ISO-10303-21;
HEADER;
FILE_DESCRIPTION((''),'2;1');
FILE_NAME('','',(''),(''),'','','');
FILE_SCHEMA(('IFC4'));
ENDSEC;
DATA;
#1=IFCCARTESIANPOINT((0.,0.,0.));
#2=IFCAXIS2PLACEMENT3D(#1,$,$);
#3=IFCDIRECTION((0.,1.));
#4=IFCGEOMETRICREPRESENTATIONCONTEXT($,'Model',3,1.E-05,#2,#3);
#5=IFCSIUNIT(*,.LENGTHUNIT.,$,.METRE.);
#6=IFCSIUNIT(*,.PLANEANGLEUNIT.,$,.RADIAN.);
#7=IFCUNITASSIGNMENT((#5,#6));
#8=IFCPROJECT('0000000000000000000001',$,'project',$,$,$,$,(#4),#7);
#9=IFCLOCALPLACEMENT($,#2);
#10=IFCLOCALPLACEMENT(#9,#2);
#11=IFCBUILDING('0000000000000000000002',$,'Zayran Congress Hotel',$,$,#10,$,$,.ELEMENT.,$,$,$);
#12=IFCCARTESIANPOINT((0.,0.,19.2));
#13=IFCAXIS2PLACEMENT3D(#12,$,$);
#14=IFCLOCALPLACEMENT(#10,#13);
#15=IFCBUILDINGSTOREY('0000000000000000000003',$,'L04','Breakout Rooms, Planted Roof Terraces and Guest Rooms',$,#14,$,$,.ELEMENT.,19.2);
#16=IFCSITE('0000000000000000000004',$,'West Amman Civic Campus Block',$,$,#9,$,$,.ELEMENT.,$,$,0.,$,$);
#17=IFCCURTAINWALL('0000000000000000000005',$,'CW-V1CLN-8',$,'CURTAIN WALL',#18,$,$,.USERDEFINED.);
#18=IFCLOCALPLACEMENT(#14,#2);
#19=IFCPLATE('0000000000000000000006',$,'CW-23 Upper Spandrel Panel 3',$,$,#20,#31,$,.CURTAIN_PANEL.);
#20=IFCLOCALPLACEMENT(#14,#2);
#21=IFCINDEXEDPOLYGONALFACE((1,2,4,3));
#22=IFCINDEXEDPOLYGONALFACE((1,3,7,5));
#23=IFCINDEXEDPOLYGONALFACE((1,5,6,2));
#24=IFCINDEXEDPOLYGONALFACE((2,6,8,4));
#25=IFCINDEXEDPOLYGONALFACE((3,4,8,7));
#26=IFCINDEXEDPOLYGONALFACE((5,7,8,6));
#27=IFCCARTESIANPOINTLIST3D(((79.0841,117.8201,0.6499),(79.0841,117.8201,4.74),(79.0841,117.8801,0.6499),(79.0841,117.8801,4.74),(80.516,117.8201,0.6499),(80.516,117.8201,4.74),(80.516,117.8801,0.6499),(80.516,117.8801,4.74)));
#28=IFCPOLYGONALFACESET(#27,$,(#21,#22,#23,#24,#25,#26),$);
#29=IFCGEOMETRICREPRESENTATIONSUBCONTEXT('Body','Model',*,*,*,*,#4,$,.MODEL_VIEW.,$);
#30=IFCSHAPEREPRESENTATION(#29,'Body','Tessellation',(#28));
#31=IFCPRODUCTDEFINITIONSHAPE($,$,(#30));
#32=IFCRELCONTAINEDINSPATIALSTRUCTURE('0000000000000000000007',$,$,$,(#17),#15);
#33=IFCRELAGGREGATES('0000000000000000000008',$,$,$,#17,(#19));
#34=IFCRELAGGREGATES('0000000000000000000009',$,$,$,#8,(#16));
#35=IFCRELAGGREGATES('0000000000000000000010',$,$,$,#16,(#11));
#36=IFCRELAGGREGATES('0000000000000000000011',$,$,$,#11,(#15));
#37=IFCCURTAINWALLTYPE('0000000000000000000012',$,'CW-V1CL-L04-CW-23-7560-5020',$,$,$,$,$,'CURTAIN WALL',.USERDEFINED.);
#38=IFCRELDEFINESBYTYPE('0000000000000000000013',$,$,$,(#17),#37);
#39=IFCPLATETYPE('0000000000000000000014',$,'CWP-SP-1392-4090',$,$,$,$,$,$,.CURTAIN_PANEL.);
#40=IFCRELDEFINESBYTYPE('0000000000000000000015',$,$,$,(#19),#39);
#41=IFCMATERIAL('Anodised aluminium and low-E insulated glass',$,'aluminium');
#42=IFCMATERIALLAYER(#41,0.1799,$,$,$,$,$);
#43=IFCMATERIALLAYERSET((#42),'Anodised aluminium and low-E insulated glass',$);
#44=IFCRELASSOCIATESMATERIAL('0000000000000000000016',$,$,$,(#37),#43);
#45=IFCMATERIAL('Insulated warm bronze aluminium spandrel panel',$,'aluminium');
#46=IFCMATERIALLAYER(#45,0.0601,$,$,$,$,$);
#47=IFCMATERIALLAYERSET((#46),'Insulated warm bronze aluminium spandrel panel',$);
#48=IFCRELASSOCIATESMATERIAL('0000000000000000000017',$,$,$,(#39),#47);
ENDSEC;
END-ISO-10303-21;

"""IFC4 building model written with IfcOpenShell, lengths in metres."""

from ifc_helpers import new_model, si_unit, direction, frame, origin, origin_2d, place, context, subcontext, project, spatial, rectangle, extrude, material, layer, layer_set, type_object, element, aggregate, save


model = new_model("IFC4")

# Units and contexts
model_context = context("Model", 3, precision=1e-05, world=origin(), true_north=direction((0.0, 1.0)))
body_context = subcontext(model_context, "Body", "Model", "MODEL_VIEW")
ifc_project = project(units=[si_unit("LENGTHUNIT", "METRE"), si_unit("PLANEANGLEUNIT", "RADIAN")], contexts=[model_context])

# Site, building, storey
site_placement = place(None, origin())
site = spatial("IfcSite", under=ifc_project, at=site_placement, Name="West Amman Civic Campus Block", CompositionType="ELEMENT", RefElevation=0.0)
building_placement = place(site_placement, origin())
building = spatial("IfcBuilding", under=site, at=building_placement, Name="Zayran Congress Hotel", CompositionType="ELEMENT")
storey_placement = place(building_placement, frame((0.0, 0.0, 19.2)))
storey = spatial("IfcBuildingStorey", under=building, at=storey_placement, Name="L04", Description="Breakout Rooms, Planted Roof Terraces and Guest Rooms", CompositionType="ELEMENT", Elevation=19.2)

# Curtain wall
ifc_material_1 = material(Name="Anodised aluminium and low-E insulated glass", Category="aluminium")
ifc_layer_1 = layer(ifc_material_1, 0.1799)
ifc_layer_set_1 = layer_set([ifc_layer_1], Name="Anodised aluminium and low-E insulated glass")
curtain_wall_type_1 = type_object("IfcCurtainWallType", Name="CW-V1CL-L04-CW-23-7560-5020", ElementType="CURTAIN WALL", PredefinedType="USERDEFINED", material=ifc_layer_set_1)
curtain_wall_1_placement = place(storey_placement, origin())
curtain_wall_1 = element("IfcCurtainWall", 1, at=curtain_wall_1_placement, inside=storey, type_object=curtain_wall_type_1, Name="CW-V1CLN-8", ObjectType="CURTAIN WALL", PredefinedType="USERDEFINED")

# Plate
ifc_material_2 = material(Name="Insulated warm bronze aluminium spandrel panel", Category="aluminium")
ifc_layer_2 = layer(ifc_material_2, 0.0601)
ifc_layer_set_2 = layer_set([ifc_layer_2], Name="Insulated warm bronze aluminium spandrel panel")
plate_type_1 = type_object("IfcPlateType", Name="CWP-SP-1392-4090", PredefinedType="CURTAIN_PANEL", material=ifc_layer_set_2)
plate_1_placement = place(storey_placement, frame((79.8, 117.8501, 0.6499), z_axis=(0.0, 0.0, 1.0), x_axis=(1.0, 0.0, 0.0)))
plate_1 = element("IfcPlate", 2, at=plate_1_placement, type_object=plate_type_1, Name="CW-23 Upper Spandrel Panel 3", PredefinedType="CURTAIN_PANEL", context=body_context, shape_type="SweptSolid", body=[
    extrude(rectangle(XDim=1.4319, YDim=0.0601, at=origin_2d()), origin(), (0.0, 0.0, 1.0), 4.0901),
])
aggregate(curtain_wall_1, [plate_1])

save(model, "model.ifc")
